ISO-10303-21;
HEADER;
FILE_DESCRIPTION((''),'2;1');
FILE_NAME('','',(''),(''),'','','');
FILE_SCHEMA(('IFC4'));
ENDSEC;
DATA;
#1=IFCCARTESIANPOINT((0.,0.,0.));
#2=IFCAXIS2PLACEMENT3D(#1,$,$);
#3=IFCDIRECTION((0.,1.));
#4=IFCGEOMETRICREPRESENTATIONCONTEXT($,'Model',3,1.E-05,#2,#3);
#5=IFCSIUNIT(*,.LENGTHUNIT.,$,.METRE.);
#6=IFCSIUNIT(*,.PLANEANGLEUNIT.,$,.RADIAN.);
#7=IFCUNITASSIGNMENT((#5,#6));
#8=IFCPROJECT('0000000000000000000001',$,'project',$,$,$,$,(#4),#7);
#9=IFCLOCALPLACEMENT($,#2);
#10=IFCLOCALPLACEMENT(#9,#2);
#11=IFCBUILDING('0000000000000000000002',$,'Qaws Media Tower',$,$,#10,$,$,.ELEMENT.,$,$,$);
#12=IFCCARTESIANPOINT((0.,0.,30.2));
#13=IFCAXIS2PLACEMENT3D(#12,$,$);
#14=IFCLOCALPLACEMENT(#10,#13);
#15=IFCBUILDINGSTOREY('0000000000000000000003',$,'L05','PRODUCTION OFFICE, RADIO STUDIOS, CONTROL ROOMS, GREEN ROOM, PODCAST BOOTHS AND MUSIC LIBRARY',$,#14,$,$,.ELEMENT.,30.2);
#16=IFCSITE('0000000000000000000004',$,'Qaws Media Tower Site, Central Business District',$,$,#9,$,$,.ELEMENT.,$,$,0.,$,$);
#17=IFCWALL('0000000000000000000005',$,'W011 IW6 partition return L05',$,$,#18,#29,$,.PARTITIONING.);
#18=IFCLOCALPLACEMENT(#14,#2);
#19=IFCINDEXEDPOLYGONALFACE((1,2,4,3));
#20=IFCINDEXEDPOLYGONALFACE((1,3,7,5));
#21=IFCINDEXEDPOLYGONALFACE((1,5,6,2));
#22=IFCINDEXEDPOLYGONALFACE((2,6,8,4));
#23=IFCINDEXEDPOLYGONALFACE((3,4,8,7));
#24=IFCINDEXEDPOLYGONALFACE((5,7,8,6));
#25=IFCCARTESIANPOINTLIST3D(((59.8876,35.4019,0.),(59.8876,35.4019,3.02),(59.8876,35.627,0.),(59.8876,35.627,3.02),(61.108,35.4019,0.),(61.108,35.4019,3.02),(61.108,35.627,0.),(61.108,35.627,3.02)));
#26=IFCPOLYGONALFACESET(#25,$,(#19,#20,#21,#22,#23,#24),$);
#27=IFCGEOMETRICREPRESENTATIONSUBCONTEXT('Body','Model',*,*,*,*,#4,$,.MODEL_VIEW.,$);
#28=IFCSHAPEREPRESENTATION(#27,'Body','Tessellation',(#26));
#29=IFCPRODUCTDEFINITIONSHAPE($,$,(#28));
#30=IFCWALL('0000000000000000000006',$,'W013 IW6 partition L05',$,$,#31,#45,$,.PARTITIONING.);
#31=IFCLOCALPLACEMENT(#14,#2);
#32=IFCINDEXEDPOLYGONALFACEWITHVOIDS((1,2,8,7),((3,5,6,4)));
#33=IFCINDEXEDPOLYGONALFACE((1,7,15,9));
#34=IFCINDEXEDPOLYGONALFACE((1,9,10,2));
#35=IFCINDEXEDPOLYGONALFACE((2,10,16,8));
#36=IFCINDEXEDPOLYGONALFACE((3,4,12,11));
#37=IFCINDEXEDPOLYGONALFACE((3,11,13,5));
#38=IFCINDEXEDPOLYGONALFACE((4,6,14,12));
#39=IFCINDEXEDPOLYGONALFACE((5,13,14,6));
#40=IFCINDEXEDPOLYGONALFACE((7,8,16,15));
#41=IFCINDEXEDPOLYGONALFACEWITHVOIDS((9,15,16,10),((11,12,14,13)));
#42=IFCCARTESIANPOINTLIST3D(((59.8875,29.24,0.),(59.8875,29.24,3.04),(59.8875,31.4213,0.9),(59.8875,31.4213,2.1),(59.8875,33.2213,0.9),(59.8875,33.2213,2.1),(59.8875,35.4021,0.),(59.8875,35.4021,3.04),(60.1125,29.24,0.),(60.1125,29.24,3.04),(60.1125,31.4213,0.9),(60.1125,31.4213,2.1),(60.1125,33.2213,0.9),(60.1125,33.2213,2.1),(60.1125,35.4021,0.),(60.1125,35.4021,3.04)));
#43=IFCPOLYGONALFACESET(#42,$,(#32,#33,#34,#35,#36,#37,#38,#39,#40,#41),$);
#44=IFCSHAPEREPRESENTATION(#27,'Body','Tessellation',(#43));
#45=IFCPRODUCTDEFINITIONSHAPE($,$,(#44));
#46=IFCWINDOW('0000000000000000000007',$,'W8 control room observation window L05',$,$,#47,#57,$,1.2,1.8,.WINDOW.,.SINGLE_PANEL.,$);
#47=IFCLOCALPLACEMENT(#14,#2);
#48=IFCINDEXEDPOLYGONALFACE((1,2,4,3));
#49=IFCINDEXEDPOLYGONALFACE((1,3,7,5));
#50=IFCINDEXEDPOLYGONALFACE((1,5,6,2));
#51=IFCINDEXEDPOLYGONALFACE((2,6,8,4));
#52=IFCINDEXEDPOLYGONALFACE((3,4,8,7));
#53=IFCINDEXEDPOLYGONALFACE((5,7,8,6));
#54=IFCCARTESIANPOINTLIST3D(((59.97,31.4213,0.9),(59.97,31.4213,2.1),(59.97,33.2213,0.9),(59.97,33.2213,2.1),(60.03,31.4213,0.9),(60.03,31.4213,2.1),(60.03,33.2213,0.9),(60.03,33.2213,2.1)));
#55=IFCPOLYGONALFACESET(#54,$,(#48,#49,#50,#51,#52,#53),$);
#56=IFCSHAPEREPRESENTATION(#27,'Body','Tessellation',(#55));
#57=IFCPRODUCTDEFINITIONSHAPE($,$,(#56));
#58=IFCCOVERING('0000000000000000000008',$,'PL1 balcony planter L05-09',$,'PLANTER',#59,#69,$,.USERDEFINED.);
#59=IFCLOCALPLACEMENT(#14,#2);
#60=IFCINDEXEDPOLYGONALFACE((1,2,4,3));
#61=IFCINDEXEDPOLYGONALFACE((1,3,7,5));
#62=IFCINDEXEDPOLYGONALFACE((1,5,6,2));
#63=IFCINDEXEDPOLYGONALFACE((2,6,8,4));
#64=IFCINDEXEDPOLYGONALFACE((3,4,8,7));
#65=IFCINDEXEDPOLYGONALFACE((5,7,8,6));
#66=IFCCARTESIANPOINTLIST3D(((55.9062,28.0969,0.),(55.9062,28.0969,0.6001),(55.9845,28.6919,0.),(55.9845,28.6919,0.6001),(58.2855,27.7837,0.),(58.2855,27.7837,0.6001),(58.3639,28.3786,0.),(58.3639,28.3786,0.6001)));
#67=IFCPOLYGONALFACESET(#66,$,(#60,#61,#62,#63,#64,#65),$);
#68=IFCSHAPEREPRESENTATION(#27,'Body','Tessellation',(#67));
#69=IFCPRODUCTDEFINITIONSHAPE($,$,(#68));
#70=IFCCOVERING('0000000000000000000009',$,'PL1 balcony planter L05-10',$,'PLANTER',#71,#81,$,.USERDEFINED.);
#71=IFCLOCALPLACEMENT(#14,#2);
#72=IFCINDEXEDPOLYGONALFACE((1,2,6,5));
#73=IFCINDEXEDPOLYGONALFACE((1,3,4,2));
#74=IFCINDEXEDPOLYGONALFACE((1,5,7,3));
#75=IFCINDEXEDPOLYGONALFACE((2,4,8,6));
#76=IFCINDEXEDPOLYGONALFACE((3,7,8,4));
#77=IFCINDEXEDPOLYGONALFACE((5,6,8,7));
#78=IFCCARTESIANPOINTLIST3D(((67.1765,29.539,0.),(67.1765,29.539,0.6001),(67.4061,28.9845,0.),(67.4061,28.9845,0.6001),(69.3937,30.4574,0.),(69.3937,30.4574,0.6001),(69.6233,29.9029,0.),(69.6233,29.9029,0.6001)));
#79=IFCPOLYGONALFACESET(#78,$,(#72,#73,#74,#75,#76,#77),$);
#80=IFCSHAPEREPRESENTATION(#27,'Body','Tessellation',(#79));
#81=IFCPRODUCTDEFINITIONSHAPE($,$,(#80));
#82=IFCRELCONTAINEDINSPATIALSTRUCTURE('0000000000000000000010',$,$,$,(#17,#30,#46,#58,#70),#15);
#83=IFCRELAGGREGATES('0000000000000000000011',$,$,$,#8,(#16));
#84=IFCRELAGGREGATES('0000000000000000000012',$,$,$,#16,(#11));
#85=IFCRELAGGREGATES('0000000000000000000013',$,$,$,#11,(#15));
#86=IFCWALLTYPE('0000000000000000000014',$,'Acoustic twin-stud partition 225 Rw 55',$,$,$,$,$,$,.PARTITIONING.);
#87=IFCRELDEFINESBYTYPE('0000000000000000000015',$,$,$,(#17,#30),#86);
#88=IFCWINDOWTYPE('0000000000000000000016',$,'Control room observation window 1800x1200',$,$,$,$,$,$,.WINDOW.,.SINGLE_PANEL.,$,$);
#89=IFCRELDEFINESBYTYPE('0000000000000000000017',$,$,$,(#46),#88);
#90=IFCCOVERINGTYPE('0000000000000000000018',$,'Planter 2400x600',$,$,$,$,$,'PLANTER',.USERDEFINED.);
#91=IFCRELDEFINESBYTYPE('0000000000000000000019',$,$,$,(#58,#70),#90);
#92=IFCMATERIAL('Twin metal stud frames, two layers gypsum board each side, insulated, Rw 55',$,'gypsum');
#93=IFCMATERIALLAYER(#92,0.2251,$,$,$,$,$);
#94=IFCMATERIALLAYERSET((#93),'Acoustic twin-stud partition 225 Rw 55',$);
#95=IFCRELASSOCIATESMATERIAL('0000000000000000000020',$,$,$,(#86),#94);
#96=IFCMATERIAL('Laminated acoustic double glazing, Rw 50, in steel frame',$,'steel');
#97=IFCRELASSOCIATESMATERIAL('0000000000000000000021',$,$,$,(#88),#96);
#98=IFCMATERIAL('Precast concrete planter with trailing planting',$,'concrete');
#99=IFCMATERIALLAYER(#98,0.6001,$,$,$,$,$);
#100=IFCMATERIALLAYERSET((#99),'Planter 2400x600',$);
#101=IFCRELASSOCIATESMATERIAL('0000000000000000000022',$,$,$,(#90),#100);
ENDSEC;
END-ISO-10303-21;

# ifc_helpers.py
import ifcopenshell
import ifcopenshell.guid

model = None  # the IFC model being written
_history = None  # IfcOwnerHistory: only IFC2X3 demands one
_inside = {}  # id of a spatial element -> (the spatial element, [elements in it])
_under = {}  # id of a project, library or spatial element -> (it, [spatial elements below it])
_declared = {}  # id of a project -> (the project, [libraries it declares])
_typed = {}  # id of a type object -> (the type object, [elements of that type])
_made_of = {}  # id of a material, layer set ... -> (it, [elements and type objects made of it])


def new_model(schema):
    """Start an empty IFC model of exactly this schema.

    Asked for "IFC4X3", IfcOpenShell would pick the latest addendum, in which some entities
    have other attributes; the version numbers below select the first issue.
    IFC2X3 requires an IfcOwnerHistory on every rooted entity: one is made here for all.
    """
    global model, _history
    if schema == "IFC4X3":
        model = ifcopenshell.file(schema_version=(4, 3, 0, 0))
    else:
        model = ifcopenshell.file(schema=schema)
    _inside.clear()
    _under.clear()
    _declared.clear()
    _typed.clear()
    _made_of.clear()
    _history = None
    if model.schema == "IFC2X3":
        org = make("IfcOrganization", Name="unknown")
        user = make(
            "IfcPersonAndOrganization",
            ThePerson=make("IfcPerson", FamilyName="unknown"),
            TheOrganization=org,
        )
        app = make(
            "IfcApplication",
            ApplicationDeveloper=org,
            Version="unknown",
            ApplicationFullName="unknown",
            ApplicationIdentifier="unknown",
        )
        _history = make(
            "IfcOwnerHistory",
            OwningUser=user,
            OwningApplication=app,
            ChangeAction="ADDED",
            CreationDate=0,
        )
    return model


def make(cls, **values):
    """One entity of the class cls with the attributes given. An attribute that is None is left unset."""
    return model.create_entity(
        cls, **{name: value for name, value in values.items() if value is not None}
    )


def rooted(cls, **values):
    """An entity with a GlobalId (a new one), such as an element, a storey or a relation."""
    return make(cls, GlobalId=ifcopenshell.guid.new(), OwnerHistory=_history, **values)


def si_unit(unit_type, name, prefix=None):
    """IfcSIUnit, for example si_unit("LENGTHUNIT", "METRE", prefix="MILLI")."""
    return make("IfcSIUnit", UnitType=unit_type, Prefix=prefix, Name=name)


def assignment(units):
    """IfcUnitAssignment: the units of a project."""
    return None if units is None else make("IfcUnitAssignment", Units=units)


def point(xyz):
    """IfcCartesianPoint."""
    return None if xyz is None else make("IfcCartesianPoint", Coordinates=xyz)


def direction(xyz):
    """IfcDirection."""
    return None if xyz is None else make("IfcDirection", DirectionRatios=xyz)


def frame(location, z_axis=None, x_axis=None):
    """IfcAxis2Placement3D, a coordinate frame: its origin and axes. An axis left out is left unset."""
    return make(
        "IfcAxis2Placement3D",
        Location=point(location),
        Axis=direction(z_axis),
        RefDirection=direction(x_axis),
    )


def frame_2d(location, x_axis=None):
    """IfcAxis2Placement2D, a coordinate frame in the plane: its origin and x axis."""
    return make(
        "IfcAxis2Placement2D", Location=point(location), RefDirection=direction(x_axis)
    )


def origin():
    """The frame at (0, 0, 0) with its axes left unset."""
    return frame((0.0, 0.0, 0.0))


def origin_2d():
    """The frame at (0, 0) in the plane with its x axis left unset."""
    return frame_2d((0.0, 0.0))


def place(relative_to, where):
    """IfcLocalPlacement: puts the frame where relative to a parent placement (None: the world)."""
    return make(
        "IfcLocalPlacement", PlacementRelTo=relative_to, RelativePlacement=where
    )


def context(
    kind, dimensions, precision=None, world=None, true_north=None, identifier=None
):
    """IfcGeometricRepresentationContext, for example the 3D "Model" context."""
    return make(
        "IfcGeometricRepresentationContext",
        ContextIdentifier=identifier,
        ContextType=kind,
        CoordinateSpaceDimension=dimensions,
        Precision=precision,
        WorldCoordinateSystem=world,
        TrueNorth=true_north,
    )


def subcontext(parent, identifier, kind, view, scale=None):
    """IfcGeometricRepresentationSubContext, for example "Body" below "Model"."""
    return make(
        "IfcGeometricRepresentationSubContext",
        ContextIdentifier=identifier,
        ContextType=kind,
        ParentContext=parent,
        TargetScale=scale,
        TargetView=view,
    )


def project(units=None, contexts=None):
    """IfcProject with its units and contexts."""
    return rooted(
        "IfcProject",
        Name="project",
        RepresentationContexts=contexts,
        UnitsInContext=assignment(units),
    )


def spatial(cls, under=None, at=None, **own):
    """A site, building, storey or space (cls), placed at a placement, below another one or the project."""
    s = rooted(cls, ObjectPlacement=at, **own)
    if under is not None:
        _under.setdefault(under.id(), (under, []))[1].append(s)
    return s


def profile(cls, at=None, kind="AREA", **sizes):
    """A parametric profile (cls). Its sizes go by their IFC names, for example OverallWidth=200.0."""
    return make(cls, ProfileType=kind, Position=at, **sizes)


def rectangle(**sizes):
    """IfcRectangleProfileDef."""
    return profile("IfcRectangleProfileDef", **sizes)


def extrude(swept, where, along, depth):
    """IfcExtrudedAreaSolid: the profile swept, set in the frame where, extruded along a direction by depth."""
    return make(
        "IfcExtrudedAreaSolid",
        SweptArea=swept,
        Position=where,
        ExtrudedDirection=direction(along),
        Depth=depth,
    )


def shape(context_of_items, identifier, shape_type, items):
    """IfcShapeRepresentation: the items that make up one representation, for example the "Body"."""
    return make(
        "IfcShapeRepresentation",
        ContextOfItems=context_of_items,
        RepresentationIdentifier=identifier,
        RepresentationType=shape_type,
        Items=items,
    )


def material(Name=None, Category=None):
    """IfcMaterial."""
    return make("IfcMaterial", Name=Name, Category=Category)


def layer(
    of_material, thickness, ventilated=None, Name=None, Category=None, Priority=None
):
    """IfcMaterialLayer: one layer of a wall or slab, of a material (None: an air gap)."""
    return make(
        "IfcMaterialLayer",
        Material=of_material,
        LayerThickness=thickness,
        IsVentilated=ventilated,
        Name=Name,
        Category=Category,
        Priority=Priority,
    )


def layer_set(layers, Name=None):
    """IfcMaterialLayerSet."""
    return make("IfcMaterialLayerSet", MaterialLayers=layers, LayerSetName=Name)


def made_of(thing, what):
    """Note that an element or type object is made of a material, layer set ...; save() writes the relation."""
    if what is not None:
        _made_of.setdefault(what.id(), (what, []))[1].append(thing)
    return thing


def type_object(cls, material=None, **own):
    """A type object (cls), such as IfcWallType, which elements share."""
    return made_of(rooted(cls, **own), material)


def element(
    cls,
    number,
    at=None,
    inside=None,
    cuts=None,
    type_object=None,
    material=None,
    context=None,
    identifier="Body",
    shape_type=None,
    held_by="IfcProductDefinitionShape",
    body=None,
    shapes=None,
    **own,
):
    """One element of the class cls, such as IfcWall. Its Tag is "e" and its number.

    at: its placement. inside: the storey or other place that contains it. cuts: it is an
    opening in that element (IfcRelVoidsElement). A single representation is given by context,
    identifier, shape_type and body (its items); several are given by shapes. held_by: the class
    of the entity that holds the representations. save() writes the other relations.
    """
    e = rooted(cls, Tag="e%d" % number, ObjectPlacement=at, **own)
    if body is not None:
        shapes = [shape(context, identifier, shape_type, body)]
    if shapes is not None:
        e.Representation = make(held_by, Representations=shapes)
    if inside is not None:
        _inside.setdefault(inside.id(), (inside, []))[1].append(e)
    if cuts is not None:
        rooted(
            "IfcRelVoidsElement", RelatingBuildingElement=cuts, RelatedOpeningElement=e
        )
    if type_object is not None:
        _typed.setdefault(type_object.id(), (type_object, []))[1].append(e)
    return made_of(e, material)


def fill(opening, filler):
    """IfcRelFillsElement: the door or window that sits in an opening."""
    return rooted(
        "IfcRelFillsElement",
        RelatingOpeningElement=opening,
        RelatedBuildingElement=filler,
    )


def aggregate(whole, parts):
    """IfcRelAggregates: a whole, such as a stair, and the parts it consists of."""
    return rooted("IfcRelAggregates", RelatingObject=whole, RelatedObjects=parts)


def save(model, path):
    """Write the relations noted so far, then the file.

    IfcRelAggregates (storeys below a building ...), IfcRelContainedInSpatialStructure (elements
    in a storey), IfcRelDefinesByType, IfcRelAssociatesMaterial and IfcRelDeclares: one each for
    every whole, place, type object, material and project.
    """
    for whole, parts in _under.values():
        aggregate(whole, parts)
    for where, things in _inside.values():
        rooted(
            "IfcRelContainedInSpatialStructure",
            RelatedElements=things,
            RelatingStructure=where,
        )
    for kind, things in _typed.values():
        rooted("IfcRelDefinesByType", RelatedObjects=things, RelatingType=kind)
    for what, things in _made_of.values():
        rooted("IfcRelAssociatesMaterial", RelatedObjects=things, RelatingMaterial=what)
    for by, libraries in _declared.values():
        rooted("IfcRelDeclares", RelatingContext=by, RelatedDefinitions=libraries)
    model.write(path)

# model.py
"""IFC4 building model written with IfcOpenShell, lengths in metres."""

from ifc_helpers import new_model, si_unit, direction, frame, frame_2d, origin, origin_2d, place, context, subcontext, project, spatial, rectangle, extrude, material, layer, layer_set, type_object, element, fill, save


model = new_model("IFC4")

# Units and contexts
model_context = context("Model", 3, precision=1e-05, world=origin(), true_north=direction((0.0, 1.0)))
body_context = subcontext(model_context, "Body", "Model", "MODEL_VIEW")
ifc_project = project(units=[si_unit("LENGTHUNIT", "METRE"), si_unit("PLANEANGLEUNIT", "RADIAN")], contexts=[model_context])

# Site, building, storey
site_placement = place(None, origin())
site = spatial("IfcSite", under=ifc_project, at=site_placement, Name="Qaws Media Tower Site, Central Business District", CompositionType="ELEMENT", RefElevation=0.0)
building_placement = place(site_placement, origin())
building = spatial("IfcBuilding", under=site, at=building_placement, Name="Qaws Media Tower", CompositionType="ELEMENT")
storey_placement = place(building_placement, frame((0.0, 0.0, 30.2)))
storey = spatial("IfcBuildingStorey", under=building, at=storey_placement, Name="L05", Description="PRODUCTION OFFICE, RADIO STUDIOS, CONTROL ROOMS, GREEN ROOM, PODCAST BOOTHS AND MUSIC LIBRARY", CompositionType="ELEMENT", Elevation=30.2)

# Wall
ifc_material_1 = material(Name="Twin metal stud frames, two layers gypsum board each side, insulated, Rw 55", Category="gypsum")
ifc_layer_1 = layer(ifc_material_1, 0.2251)
ifc_layer_set_1 = layer_set([ifc_layer_1], Name="Acoustic twin-stud partition 225 Rw 55")
wall_type_1 = type_object("IfcWallType", Name="Acoustic twin-stud partition 225 Rw 55", PredefinedType="PARTITIONING", material=ifc_layer_set_1)
wall_1_placement = place(storey_placement, frame((59.8875, 35.5144, 0.0), z_axis=(0.0, 0.0, 1.0), x_axis=(1.0, 0.0, 0.0)))
element("IfcWall", 1, at=wall_1_placement, inside=storey, type_object=wall_type_1, Name="W011 IW6 partition return L05", PredefinedType="PARTITIONING", context=body_context, shape_type="SweptSolid", body=[
    extrude(rectangle(XDim=1.2205, YDim=0.2251, at=frame_2d((0.6104, 0.0))), origin(), (0.0, 0.0, 1.0), 3.02),
])

# Wall, opening, window
wall_2_placement = place(storey_placement, frame((60.0, 35.4021, 0.0), z_axis=(0.0, 0.0, 1.0), x_axis=(0.0, -1.0, 0.0)))
wall_2 = element("IfcWall", 2, at=wall_2_placement, inside=storey, type_object=wall_type_1, Name="W013 IW6 partition L05", PredefinedType="PARTITIONING", context=body_context, shape_type="SweptSolid", body=[
    extrude(rectangle(XDim=6.1621, YDim=0.2251, at=frame_2d((3.0811, 0.0))), origin(), (0.0, 0.0, 1.0), 3.04),
])
opening_1_placement = place(wall_2_placement, frame((2.1809, 0.0, 0.8999)))
opening_1 = element("IfcOpeningElement", 3, at=opening_1_placement, cuts=wall_2, PredefinedType="OPENING", context=body_context, shape_type="SweptSolid", body=[
    extrude(rectangle(XDim=1.8, YDim=1.2, at=frame_2d((0.8999, 0.6001))), frame((0.0, 0.1226, 0.0), z_axis=(0.0, -1.0, 0.0), x_axis=(1.0, 0.0, 0.0)), (0.0, 0.0, 1.0), 0.2451),
])
ifc_material_2 = material(Name="Laminated acoustic double glazing, Rw 50, in steel frame", Category="steel")
window_type_1 = type_object("IfcWindowType", Name="Control room observation window 1800x1200", PartitioningType="SINGLE_PANEL", PredefinedType="WINDOW", material=ifc_material_2)
window_1_placement = place(opening_1_placement, origin())
window_1 = element("IfcWindow", 4, at=window_1_placement, inside=storey, type_object=window_type_1, Name="W8 control room observation window L05", OverallHeight=1.2, OverallWidth=1.8, PartitioningType="SINGLE_PANEL", PredefinedType="WINDOW", context=body_context, shape_type="SweptSolid", body=[
    extrude(rectangle(XDim=1.8, YDim=1.2, at=frame_2d((0.8999, 0.6001))), frame((0.0, 0.03, 0.0), z_axis=(0.0, -1.0, 0.0), x_axis=(1.0, 0.0, 0.0)), (0.0, 0.0, 1.0), 0.0601),
])
fill(opening_1, window_1)

# Coverings
ifc_material_3 = material(Name="Precast concrete planter with trailing planting", Category="concrete")
ifc_layer_2 = layer(ifc_material_3, 0.6001)
ifc_layer_set_2 = layer_set([ifc_layer_2], Name="Planter 2400x600")
covering_type = type_object("IfcCoveringType", Name="Planter 2400x600", ElementType="PLANTER", PredefinedType="USERDEFINED", material=ifc_layer_set_2)
for number, where, z_axis, x_axis, name in (
    (5, (57.135, 28.2378, 0.0), (0.0, 0.0, 1.0), (0.991445, -0.130526, 0.0), "PL1 balcony planter L05-09"),
    (6, (68.3999, 29.7209, 0.0), (0.0, 0.0, 1.0), (0.92388, 0.382683, 0.0), "PL1 balcony planter L05-10"),
):
    element("IfcCovering", number, at=place(storey_placement, frame(where, z_axis=z_axis, x_axis=x_axis)), inside=storey, type_object=covering_type, Name=name, ObjectType="PLANTER", PredefinedType="USERDEFINED", context=body_context, shape_type="SweptSolid", body=[
        extrude(rectangle(XDim=2.3999, YDim=0.6001, at=origin_2d()), origin(), (0.0, 0.0, 1.0), 0.6001),
    ])

save(model, "model.ifc")
